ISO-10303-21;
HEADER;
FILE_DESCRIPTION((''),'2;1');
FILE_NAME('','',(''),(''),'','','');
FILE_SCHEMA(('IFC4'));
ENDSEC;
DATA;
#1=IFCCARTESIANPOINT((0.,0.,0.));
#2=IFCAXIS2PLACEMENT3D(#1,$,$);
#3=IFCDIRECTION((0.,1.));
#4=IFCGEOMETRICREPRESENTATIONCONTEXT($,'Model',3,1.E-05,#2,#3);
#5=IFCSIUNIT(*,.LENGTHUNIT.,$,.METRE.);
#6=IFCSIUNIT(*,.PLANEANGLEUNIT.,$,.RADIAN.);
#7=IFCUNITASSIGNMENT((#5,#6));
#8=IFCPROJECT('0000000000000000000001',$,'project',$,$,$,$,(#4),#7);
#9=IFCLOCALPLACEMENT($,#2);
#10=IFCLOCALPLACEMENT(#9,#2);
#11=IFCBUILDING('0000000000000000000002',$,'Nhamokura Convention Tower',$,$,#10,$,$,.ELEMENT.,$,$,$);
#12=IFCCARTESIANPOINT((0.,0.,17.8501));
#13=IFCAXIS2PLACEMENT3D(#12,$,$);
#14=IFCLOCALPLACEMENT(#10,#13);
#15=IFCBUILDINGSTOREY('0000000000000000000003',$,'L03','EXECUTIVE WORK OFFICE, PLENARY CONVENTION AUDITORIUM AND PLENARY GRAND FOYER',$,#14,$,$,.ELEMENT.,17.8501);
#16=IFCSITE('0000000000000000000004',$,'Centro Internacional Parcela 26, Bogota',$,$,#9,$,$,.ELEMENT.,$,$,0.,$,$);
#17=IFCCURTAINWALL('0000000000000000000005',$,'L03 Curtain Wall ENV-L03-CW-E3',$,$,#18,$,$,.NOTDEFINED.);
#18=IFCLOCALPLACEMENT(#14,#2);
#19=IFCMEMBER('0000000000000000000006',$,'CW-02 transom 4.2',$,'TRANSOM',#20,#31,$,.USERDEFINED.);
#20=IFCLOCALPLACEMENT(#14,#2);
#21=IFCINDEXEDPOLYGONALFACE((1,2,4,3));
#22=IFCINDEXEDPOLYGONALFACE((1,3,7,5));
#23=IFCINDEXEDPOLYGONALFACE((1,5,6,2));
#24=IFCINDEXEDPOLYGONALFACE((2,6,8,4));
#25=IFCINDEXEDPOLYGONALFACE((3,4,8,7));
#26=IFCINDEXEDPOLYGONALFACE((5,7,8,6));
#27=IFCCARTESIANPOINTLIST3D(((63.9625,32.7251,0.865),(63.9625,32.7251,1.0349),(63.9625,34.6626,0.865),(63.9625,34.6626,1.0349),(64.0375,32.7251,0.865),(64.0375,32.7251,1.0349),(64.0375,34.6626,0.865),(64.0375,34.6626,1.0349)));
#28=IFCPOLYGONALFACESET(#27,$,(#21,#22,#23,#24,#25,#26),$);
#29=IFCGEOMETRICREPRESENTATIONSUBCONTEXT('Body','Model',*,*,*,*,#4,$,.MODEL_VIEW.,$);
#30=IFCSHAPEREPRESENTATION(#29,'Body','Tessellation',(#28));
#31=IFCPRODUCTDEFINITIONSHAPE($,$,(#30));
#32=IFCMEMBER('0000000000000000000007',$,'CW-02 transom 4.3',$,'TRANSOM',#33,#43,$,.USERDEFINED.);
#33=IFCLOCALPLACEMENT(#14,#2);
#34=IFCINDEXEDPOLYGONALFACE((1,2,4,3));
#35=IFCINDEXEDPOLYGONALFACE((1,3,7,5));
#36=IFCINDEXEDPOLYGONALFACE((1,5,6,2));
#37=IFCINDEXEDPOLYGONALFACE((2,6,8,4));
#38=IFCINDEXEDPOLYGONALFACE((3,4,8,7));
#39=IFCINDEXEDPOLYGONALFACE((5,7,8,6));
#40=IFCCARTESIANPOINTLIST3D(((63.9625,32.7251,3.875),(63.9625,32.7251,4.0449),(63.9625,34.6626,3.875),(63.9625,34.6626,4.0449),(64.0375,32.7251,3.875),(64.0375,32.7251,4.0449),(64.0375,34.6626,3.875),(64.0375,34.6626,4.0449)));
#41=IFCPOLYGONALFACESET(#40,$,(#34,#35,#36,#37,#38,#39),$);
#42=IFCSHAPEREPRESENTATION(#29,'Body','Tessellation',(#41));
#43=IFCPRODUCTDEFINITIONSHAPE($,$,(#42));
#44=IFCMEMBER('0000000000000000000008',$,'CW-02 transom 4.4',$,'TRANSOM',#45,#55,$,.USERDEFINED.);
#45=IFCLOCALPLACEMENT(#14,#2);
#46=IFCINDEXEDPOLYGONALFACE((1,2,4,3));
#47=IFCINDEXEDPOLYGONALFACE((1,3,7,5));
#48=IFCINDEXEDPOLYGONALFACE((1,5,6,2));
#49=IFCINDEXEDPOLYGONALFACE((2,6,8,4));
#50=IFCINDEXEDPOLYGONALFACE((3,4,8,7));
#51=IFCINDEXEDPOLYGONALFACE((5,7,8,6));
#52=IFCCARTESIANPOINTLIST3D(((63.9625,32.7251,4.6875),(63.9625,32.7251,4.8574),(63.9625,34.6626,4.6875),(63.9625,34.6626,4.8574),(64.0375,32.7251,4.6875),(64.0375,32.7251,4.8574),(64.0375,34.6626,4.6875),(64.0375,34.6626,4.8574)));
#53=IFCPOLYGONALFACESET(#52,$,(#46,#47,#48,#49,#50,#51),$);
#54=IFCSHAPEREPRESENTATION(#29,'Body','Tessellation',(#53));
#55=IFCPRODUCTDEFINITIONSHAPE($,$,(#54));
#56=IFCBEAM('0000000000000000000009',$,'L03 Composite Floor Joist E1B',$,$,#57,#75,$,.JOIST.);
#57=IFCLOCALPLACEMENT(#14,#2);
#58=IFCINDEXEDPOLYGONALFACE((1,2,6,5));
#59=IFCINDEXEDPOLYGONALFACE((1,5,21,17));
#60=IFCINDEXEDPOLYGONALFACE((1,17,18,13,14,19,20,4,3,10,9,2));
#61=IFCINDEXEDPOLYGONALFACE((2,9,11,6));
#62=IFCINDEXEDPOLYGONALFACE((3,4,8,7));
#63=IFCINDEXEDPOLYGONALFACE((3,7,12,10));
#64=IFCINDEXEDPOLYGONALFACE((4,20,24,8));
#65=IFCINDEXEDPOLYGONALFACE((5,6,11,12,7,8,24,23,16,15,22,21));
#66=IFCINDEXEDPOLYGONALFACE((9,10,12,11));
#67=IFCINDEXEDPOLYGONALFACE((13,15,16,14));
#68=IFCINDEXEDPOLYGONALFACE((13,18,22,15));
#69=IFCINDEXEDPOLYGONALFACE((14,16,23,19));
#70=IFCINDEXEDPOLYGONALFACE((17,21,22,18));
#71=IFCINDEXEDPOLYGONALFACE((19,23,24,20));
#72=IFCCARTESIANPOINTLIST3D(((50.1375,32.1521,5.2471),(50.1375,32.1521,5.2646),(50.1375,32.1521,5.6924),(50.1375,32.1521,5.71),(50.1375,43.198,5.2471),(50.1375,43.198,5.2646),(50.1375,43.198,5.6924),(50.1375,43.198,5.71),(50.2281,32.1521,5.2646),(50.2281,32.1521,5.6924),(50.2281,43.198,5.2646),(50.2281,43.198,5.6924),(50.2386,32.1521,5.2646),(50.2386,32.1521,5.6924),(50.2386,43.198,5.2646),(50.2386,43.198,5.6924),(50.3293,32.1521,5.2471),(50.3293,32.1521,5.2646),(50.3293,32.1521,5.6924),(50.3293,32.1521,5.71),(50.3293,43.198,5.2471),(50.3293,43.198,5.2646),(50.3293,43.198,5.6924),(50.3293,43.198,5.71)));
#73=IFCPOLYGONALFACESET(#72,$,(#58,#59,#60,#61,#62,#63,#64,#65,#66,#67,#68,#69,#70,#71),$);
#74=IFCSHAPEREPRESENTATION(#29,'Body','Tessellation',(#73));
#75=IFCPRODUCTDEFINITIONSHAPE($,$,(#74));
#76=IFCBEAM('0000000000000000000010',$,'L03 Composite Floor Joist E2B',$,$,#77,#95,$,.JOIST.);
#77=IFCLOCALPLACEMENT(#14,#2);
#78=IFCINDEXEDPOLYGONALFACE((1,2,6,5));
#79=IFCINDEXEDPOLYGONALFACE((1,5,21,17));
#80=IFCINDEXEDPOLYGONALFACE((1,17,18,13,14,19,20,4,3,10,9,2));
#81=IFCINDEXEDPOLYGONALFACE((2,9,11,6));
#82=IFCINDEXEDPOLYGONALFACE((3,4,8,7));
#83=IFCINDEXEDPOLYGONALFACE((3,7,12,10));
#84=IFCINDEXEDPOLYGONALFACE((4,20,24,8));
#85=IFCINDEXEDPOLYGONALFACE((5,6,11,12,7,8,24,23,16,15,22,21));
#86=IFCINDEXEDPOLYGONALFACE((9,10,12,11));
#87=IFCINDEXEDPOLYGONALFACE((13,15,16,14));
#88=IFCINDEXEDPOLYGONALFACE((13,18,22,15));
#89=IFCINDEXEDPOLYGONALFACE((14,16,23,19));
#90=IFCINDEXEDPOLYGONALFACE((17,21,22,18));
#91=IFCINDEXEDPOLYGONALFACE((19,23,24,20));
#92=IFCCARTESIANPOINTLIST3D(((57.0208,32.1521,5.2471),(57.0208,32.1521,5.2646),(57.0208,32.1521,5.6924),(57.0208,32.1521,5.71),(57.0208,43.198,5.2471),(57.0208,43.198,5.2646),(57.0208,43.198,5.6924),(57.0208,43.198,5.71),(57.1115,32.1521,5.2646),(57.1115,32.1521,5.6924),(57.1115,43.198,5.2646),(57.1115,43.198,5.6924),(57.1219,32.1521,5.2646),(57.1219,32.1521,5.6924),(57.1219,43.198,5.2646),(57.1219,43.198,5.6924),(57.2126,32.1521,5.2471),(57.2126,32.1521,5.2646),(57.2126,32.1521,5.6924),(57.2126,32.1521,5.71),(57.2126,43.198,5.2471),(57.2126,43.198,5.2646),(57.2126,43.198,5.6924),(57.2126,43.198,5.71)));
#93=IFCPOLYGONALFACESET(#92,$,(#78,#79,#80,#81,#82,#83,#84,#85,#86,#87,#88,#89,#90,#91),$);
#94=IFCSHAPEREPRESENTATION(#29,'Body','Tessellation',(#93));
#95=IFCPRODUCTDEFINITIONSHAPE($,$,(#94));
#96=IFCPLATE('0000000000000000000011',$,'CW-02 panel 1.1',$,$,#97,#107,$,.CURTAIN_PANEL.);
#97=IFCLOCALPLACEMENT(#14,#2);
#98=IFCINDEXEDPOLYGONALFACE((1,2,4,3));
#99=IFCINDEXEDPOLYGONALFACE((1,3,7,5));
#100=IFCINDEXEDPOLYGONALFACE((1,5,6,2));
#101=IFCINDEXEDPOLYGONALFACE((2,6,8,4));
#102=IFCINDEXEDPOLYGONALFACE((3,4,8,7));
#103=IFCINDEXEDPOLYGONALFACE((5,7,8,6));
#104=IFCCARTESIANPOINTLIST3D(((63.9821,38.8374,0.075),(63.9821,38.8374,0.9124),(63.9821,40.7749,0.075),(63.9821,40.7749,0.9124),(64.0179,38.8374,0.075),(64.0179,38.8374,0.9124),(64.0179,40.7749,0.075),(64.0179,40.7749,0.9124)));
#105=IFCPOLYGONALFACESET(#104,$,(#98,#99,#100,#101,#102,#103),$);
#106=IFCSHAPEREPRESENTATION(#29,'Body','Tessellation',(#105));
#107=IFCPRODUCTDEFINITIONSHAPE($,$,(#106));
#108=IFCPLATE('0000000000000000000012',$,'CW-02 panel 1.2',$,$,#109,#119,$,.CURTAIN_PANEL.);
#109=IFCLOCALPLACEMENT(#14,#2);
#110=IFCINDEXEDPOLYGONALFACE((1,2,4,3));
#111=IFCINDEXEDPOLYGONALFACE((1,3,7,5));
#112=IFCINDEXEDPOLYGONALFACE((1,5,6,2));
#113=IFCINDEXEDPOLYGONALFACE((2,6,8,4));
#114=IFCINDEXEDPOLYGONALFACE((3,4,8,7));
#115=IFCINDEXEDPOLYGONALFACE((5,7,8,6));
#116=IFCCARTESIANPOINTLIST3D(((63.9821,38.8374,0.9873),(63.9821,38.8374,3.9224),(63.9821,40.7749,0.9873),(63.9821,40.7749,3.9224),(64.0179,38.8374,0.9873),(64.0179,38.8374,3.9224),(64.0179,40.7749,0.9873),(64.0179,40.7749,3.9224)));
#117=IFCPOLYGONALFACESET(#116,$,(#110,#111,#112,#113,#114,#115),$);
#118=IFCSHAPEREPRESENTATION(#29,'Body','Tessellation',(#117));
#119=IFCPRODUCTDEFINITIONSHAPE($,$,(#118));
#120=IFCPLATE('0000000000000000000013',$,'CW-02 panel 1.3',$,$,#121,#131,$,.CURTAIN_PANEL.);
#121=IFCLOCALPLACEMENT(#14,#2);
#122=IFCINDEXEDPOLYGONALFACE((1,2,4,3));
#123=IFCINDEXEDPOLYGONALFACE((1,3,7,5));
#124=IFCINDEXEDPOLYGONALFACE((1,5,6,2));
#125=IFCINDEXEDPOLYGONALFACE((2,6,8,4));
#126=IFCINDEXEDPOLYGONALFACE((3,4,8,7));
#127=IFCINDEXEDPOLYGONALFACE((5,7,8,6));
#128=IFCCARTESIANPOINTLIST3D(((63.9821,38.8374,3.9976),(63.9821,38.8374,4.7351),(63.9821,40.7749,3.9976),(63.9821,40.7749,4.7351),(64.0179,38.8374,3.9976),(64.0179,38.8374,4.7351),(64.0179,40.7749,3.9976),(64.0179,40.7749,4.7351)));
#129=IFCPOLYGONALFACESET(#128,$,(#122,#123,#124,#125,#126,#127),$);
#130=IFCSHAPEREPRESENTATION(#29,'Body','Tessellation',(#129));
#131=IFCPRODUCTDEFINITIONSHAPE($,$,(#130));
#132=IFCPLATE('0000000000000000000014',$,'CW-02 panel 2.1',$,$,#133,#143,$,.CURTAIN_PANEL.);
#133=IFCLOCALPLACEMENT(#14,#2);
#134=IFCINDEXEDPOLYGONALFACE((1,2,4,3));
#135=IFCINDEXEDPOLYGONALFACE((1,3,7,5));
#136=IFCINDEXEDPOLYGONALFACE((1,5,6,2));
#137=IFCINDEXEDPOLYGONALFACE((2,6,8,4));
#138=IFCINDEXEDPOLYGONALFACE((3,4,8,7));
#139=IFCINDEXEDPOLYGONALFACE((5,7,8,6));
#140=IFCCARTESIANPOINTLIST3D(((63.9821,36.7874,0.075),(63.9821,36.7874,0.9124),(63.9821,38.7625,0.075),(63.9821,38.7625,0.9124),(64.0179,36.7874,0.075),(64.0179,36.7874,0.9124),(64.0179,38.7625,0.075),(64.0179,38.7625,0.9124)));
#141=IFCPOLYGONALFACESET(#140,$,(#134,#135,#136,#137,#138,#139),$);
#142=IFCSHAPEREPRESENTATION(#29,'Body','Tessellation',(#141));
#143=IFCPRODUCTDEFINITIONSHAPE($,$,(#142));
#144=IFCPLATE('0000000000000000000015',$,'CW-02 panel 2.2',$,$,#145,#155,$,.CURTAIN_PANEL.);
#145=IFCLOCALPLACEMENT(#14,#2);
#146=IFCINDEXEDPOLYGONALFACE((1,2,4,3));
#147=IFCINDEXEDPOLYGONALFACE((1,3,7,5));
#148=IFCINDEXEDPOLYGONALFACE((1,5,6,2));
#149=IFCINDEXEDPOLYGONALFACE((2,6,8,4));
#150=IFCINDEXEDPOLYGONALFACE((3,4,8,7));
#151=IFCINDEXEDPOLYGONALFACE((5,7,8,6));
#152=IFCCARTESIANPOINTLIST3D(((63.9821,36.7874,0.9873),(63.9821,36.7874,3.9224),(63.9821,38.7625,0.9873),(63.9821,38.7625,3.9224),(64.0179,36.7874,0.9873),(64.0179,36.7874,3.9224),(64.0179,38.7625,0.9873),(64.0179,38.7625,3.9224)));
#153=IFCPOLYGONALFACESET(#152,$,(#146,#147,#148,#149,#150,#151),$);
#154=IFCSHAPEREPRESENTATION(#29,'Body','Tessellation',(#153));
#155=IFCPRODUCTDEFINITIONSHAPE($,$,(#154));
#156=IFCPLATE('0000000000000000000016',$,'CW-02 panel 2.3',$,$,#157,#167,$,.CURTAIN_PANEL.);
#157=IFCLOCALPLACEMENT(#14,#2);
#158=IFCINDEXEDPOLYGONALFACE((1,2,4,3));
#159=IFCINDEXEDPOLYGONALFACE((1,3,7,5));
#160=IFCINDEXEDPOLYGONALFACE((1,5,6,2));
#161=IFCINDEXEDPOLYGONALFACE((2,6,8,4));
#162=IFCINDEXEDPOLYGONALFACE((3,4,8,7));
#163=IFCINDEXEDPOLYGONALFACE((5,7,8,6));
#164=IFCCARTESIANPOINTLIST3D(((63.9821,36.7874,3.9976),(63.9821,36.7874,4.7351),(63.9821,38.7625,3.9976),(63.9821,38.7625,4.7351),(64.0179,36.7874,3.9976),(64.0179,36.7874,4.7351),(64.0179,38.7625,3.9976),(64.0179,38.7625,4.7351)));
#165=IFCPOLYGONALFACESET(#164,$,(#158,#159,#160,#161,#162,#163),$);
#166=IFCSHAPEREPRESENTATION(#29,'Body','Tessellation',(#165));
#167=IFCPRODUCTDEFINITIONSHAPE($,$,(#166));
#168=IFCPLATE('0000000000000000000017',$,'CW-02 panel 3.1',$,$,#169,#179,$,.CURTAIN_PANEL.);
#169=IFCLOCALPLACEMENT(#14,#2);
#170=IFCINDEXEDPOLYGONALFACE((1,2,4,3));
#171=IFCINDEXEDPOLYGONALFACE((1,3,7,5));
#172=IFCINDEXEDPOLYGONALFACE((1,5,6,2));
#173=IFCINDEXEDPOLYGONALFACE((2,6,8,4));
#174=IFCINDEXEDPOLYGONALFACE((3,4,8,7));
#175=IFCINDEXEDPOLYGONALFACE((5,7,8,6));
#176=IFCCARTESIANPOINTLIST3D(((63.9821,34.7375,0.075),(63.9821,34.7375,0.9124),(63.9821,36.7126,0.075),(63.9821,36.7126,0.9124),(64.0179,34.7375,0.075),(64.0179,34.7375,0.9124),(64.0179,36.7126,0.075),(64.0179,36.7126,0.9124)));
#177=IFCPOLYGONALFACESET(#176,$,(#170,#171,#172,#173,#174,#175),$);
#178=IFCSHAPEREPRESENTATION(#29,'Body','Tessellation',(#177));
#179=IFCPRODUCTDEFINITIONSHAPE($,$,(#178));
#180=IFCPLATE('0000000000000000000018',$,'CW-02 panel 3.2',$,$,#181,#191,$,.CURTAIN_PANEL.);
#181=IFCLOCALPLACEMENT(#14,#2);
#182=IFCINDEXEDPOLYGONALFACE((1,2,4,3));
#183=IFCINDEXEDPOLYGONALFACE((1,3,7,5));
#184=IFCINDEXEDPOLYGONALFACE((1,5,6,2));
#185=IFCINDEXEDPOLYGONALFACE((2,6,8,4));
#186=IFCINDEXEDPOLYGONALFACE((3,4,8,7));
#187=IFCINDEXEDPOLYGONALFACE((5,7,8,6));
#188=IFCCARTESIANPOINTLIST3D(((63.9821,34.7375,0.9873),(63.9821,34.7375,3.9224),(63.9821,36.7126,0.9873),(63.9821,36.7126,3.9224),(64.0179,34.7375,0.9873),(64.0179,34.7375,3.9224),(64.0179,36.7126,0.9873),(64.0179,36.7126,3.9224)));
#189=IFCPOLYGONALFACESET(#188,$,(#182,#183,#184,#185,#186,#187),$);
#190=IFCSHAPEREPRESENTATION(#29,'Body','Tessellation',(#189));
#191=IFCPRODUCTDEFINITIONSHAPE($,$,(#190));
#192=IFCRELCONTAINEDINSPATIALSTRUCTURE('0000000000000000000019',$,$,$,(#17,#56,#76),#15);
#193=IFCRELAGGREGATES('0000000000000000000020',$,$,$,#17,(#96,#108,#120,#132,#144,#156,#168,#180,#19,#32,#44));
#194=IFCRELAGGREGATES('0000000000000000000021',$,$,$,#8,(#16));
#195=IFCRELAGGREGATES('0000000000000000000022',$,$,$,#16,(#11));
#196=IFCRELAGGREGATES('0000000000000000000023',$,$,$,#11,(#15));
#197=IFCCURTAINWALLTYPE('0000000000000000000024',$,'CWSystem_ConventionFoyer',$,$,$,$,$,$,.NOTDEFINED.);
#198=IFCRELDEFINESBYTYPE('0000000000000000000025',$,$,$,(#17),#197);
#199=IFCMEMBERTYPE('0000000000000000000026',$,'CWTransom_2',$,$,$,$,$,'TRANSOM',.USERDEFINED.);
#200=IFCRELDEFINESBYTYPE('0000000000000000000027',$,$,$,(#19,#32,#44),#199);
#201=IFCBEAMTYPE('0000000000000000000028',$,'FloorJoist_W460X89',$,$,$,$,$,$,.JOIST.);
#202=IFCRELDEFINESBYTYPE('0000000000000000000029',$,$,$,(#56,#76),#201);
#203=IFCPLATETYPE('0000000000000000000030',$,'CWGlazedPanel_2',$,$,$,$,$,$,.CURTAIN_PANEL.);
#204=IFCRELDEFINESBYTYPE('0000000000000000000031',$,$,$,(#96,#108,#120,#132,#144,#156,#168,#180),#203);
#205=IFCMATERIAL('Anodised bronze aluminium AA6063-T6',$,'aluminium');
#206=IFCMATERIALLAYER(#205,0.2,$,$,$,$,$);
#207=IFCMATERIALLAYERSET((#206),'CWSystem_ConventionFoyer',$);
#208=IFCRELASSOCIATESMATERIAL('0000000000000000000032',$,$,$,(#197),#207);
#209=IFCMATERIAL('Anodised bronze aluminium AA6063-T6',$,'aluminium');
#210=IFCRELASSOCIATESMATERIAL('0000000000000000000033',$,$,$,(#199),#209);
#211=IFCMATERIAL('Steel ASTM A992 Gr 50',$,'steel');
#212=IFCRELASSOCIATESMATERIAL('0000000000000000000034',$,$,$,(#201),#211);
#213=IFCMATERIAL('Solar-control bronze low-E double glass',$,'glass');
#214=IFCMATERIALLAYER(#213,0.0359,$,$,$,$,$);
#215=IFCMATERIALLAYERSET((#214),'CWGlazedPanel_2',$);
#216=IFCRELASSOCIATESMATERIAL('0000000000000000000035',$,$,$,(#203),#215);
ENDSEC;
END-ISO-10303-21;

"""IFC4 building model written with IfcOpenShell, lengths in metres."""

from ifc_helpers import new_model, si_unit, direction, frame, origin, origin_2d, place, context, subcontext, project, spatial, rectangle, i_section, extrude, material, layer, layer_set, material_profile, profile_set, type_object, element, aggregate, save


model = new_model("IFC4")

# Units and contexts
model_context = context("Model", 3, precision=1e-05, world=origin(), true_north=direction((0.0, 1.0)))
body_context = subcontext(model_context, "Body", "Model", "MODEL_VIEW")
ifc_project = project(units=[si_unit("LENGTHUNIT", "METRE"), si_unit("PLANEANGLEUNIT", "RADIAN")], contexts=[model_context])

# Site, building, storey
site_placement = place(None, origin())
site = spatial("IfcSite", under=ifc_project, at=site_placement, Name="Centro Internacional Parcela 26, Bogota", CompositionType="ELEMENT", RefElevation=0.0)
building_placement = place(site_placement, origin())
building = spatial("IfcBuilding", under=site, at=building_placement, Name="Nhamokura Convention Tower", CompositionType="ELEMENT")
storey_placement = place(building_placement, frame((0.0, 0.0, 17.8501)))
storey = spatial("IfcBuildingStorey", under=building, at=storey_placement, Name="L03", Description="EXECUTIVE WORK OFFICE, PLENARY CONVENTION AUDITORIUM AND PLENARY GRAND FOYER", CompositionType="ELEMENT", Elevation=17.8501)

# Curtain wall, members
ifc_material_1 = material(Name="Anodised bronze aluminium AA6063-T6", Category="aluminium")
ifc_layer_1 = layer(ifc_material_1, 0.2)
ifc_layer_set_1 = layer_set([ifc_layer_1], Name="CWSystem_ConventionFoyer")
curtain_wall_type = type_object("IfcCurtainWallType", Name="CWSystem_ConventionFoyer", PredefinedType="NOTDEFINED", material=ifc_layer_set_1)
curtain_wall_placement = place(storey_placement, origin())
curtain_wall = element("IfcCurtainWall", 1, at=curtain_wall_placement, inside=storey, type_object=curtain_wall_type, Name="L03 Curtain Wall ENV-L03-CW-E3", PredefinedType="NOTDEFINED")
ifc_material_2 = material(Name="Anodised bronze aluminium AA6063-T6", Category="aluminium")
ifc_material_profile_1 = material_profile(ifc_material_2, rectangle(XDim=0.075, YDim=0.1699, at=origin_2d()))
ifc_profile_set_1 = profile_set([ifc_material_profile_1], Name="Anodised bronze aluminium AA6063-T6")
member_type_1 = type_object("IfcMemberType", Name="CWTransom_2", ElementType="TRANSOM", PredefinedType="USERDEFINED", material=ifc_profile_set_1)
member_1_placement = place(storey_placement, frame((64.0, 34.6626, 0.95), z_axis=(0.0, -1.0, 0.0), x_axis=(1.0, 0.0, 0.0)))
member_1 = element("IfcMember", 2, at=member_1_placement, type_object=member_type_1, Name="CW-02 transom 4.2", ObjectType="TRANSOM", PredefinedType="USERDEFINED", context=body_context, shape_type="SweptSolid", body=[
    extrude(rectangle(XDim=0.075, YDim=0.1699, at=origin_2d()), origin(), (0.0, 0.0, 1.0), 1.9375),
])
member_2_placement = place(storey_placement, frame((64.0, 34.6626, 3.96), z_axis=(0.0, -1.0, 0.0), x_axis=(1.0, 0.0, 0.0)))
member_2 = element("IfcMember", 3, at=member_2_placement, type_object=member_type_1, Name="CW-02 transom 4.3", ObjectType="TRANSOM", PredefinedType="USERDEFINED", context=body_context, shape_type="SweptSolid", body=[
    extrude(rectangle(XDim=0.075, YDim=0.1699, at=origin_2d()), origin(), (0.0, 0.0, 1.0), 1.9375),
])
member_3_placement = place(storey_placement, frame((64.0, 34.6626, 4.7725), z_axis=(0.0, -1.0, 0.0), x_axis=(1.0, 0.0, 0.0)))
member_3 = element("IfcMember", 4, at=member_3_placement, type_object=member_type_1, Name="CW-02 transom 4.4", ObjectType="TRANSOM", PredefinedType="USERDEFINED", context=body_context, shape_type="SweptSolid", body=[
    extrude(rectangle(XDim=0.075, YDim=0.1699, at=origin_2d()), origin(), (0.0, 0.0, 1.0), 1.9375),
])

# Beams
ifc_material_3 = material(Name="Steel ASTM A992 Gr 50", Category="steel")
ifc_material_profile_2 = material_profile(ifc_material_3, i_section(OverallWidth=0.1919, OverallDepth=0.4629, WebThickness=0.0105, FlangeThickness=0.0176, at=origin_2d()))
ifc_profile_set_2 = profile_set([ifc_material_profile_2], Name="Steel ASTM A992 Gr 50")
beam_type = type_object("IfcBeamType", Name="FloorJoist_W460X89", PredefinedType="JOIST", material=ifc_profile_set_2)
for number, where, z_axis, x_axis, name in (
    (5, (50.2334, 32.1521, 5.4785), (0.0, 1.0, 0.0), (-1.0, 0.0, 0.0), "L03 Composite Floor Joist E1B"),
    (6, (57.1167, 32.1521, 5.4785), (0.0, 1.0, 0.0), (-1.0, 0.0, 0.0), "L03 Composite Floor Joist E2B"),
):
    element("IfcBeam", number, at=place(storey_placement, frame(where, z_axis=z_axis, x_axis=x_axis)), inside=storey, type_object=beam_type, Name=name, PredefinedType="JOIST", context=body_context, shape_type="SweptSolid", body=[
        extrude(i_section(OverallWidth=0.1919, OverallDepth=0.4629, WebThickness=0.0105, FlangeThickness=0.0176, at=origin_2d()), origin(), (0.0, 0.0, 1.0), 11.0459),
    ])

# Plates
ifc_material_4 = material(Name="Solar-control bronze low-E double glass", Category="glass")
ifc_layer_2 = layer(ifc_material_4, 0.0359)
ifc_layer_set_2 = layer_set([ifc_layer_2], Name="CWGlazedPanel_2")
plate_type = type_object("IfcPlateType", Name="CWGlazedPanel_2", PredefinedType="CURTAIN_PANEL", material=ifc_layer_set_2)
plate_1_placement = place(storey_placement, frame((64.0, 39.8062, 0.075), z_axis=(0.0, 0.0, 1.0), x_axis=(0.0, -1.0, 0.0)))
plate_1 = element("IfcPlate", 7, at=plate_1_placement, type_object=plate_type, Name="CW-02 panel 1.1", PredefinedType="CURTAIN_PANEL", context=body_context, shape_type="SweptSolid", body=[
    extrude(rectangle(XDim=1.9375, YDim=0.0359, at=origin_2d()), origin(), (0.0, 0.0, 1.0), 0.8374),
])
plate_2_placement = place(storey_placement, frame((64.0, 39.8062, 0.9873), z_axis=(0.0, 0.0, 1.0), x_axis=(0.0, -1.0, 0.0)))
plate_2 = element("IfcPlate", 8, at=plate_2_placement, type_object=plate_type, Name="CW-02 panel 1.2", PredefinedType="CURTAIN_PANEL", context=body_context, shape_type="SweptSolid", body=[
    extrude(rectangle(XDim=1.9375, YDim=0.0359, at=origin_2d()), origin(), (0.0, 0.0, 1.0), 2.9351),
])
plate_3_placement = place(storey_placement, frame((64.0, 39.8062, 3.9976), z_axis=(0.0, 0.0, 1.0), x_axis=(0.0, -1.0, 0.0)))
plate_3 = element("IfcPlate", 9, at=plate_3_placement, type_object=plate_type, Name="CW-02 panel 1.3", PredefinedType="CURTAIN_PANEL", context=body_context, shape_type="SweptSolid", body=[
    extrude(rectangle(XDim=1.9375, YDim=0.0359, at=origin_2d()), origin(), (0.0, 0.0, 1.0), 0.7375),
])
plate_4_placement = place(storey_placement, frame((64.0, 37.7749, 0.075), z_axis=(0.0, 0.0, 1.0), x_axis=(0.0, -1.0, 0.0)))
plate_4 = element("IfcPlate", 10, at=plate_4_placement, type_object=plate_type, Name="CW-02 panel 2.1", PredefinedType="CURTAIN_PANEL", context=body_context, shape_type="SweptSolid", body=[
    extrude(rectangle(XDim=1.9751, YDim=0.0359, at=origin_2d()), origin(), (0.0, 0.0, 1.0), 0.8374),
])
plate_5_placement = place(storey_placement, frame((64.0, 37.7749, 0.9873), z_axis=(0.0, 0.0, 1.0), x_axis=(0.0, -1.0, 0.0)))
plate_5 = element("IfcPlate", 11, at=plate_5_placement, type_object=plate_type, Name="CW-02 panel 2.2", PredefinedType="CURTAIN_PANEL", context=body_context, shape_type="SweptSolid", body=[
    extrude(rectangle(XDim=1.9751, YDim=0.0359, at=origin_2d()), origin(), (0.0, 0.0, 1.0), 2.9351),
])
plate_6_placement = place(storey_placement, frame((64.0, 37.7749, 3.9976), z_axis=(0.0, 0.0, 1.0), x_axis=(0.0, -1.0, 0.0)))
plate_6 = element("IfcPlate", 12, at=plate_6_placement, type_object=plate_type, Name="CW-02 panel 2.3", PredefinedType="CURTAIN_PANEL", context=body_context, shape_type="SweptSolid", body=[
    extrude(rectangle(XDim=1.9751, YDim=0.0359, at=origin_2d()), origin(), (0.0, 0.0, 1.0), 0.7375),
])
plate_7_placement = place(storey_placement, frame((64.0, 35.7251, 0.075), z_axis=(0.0, 0.0, 1.0), x_axis=(0.0, -1.0, 0.0)))
plate_7 = element("IfcPlate", 13, at=plate_7_placement, type_object=plate_type, Name="CW-02 panel 3.1", PredefinedType="CURTAIN_PANEL", context=body_context, shape_type="SweptSolid", body=[
    extrude(rectangle(XDim=1.9751, YDim=0.0359, at=origin_2d()), origin(), (0.0, 0.0, 1.0), 0.8374),
])
plate_8_placement = place(storey_placement, frame((64.0, 35.7251, 0.9873), z_axis=(0.0, 0.0, 1.0), x_axis=(0.0, -1.0, 0.0)))
plate_8 = element("IfcPlate", 14, at=plate_8_placement, type_object=plate_type, Name="CW-02 panel 3.2", PredefinedType="CURTAIN_PANEL", context=body_context, shape_type="SweptSolid", body=[
    extrude(rectangle(XDim=1.9751, YDim=0.0359, at=origin_2d()), origin(), (0.0, 0.0, 1.0), 2.9351),
])
aggregate(curtain_wall, [plate_1, plate_2, plate_3, plate_4, plate_5, plate_6, plate_7, plate_8, member_1, member_2, member_3])

save(model, "model.ifc")
